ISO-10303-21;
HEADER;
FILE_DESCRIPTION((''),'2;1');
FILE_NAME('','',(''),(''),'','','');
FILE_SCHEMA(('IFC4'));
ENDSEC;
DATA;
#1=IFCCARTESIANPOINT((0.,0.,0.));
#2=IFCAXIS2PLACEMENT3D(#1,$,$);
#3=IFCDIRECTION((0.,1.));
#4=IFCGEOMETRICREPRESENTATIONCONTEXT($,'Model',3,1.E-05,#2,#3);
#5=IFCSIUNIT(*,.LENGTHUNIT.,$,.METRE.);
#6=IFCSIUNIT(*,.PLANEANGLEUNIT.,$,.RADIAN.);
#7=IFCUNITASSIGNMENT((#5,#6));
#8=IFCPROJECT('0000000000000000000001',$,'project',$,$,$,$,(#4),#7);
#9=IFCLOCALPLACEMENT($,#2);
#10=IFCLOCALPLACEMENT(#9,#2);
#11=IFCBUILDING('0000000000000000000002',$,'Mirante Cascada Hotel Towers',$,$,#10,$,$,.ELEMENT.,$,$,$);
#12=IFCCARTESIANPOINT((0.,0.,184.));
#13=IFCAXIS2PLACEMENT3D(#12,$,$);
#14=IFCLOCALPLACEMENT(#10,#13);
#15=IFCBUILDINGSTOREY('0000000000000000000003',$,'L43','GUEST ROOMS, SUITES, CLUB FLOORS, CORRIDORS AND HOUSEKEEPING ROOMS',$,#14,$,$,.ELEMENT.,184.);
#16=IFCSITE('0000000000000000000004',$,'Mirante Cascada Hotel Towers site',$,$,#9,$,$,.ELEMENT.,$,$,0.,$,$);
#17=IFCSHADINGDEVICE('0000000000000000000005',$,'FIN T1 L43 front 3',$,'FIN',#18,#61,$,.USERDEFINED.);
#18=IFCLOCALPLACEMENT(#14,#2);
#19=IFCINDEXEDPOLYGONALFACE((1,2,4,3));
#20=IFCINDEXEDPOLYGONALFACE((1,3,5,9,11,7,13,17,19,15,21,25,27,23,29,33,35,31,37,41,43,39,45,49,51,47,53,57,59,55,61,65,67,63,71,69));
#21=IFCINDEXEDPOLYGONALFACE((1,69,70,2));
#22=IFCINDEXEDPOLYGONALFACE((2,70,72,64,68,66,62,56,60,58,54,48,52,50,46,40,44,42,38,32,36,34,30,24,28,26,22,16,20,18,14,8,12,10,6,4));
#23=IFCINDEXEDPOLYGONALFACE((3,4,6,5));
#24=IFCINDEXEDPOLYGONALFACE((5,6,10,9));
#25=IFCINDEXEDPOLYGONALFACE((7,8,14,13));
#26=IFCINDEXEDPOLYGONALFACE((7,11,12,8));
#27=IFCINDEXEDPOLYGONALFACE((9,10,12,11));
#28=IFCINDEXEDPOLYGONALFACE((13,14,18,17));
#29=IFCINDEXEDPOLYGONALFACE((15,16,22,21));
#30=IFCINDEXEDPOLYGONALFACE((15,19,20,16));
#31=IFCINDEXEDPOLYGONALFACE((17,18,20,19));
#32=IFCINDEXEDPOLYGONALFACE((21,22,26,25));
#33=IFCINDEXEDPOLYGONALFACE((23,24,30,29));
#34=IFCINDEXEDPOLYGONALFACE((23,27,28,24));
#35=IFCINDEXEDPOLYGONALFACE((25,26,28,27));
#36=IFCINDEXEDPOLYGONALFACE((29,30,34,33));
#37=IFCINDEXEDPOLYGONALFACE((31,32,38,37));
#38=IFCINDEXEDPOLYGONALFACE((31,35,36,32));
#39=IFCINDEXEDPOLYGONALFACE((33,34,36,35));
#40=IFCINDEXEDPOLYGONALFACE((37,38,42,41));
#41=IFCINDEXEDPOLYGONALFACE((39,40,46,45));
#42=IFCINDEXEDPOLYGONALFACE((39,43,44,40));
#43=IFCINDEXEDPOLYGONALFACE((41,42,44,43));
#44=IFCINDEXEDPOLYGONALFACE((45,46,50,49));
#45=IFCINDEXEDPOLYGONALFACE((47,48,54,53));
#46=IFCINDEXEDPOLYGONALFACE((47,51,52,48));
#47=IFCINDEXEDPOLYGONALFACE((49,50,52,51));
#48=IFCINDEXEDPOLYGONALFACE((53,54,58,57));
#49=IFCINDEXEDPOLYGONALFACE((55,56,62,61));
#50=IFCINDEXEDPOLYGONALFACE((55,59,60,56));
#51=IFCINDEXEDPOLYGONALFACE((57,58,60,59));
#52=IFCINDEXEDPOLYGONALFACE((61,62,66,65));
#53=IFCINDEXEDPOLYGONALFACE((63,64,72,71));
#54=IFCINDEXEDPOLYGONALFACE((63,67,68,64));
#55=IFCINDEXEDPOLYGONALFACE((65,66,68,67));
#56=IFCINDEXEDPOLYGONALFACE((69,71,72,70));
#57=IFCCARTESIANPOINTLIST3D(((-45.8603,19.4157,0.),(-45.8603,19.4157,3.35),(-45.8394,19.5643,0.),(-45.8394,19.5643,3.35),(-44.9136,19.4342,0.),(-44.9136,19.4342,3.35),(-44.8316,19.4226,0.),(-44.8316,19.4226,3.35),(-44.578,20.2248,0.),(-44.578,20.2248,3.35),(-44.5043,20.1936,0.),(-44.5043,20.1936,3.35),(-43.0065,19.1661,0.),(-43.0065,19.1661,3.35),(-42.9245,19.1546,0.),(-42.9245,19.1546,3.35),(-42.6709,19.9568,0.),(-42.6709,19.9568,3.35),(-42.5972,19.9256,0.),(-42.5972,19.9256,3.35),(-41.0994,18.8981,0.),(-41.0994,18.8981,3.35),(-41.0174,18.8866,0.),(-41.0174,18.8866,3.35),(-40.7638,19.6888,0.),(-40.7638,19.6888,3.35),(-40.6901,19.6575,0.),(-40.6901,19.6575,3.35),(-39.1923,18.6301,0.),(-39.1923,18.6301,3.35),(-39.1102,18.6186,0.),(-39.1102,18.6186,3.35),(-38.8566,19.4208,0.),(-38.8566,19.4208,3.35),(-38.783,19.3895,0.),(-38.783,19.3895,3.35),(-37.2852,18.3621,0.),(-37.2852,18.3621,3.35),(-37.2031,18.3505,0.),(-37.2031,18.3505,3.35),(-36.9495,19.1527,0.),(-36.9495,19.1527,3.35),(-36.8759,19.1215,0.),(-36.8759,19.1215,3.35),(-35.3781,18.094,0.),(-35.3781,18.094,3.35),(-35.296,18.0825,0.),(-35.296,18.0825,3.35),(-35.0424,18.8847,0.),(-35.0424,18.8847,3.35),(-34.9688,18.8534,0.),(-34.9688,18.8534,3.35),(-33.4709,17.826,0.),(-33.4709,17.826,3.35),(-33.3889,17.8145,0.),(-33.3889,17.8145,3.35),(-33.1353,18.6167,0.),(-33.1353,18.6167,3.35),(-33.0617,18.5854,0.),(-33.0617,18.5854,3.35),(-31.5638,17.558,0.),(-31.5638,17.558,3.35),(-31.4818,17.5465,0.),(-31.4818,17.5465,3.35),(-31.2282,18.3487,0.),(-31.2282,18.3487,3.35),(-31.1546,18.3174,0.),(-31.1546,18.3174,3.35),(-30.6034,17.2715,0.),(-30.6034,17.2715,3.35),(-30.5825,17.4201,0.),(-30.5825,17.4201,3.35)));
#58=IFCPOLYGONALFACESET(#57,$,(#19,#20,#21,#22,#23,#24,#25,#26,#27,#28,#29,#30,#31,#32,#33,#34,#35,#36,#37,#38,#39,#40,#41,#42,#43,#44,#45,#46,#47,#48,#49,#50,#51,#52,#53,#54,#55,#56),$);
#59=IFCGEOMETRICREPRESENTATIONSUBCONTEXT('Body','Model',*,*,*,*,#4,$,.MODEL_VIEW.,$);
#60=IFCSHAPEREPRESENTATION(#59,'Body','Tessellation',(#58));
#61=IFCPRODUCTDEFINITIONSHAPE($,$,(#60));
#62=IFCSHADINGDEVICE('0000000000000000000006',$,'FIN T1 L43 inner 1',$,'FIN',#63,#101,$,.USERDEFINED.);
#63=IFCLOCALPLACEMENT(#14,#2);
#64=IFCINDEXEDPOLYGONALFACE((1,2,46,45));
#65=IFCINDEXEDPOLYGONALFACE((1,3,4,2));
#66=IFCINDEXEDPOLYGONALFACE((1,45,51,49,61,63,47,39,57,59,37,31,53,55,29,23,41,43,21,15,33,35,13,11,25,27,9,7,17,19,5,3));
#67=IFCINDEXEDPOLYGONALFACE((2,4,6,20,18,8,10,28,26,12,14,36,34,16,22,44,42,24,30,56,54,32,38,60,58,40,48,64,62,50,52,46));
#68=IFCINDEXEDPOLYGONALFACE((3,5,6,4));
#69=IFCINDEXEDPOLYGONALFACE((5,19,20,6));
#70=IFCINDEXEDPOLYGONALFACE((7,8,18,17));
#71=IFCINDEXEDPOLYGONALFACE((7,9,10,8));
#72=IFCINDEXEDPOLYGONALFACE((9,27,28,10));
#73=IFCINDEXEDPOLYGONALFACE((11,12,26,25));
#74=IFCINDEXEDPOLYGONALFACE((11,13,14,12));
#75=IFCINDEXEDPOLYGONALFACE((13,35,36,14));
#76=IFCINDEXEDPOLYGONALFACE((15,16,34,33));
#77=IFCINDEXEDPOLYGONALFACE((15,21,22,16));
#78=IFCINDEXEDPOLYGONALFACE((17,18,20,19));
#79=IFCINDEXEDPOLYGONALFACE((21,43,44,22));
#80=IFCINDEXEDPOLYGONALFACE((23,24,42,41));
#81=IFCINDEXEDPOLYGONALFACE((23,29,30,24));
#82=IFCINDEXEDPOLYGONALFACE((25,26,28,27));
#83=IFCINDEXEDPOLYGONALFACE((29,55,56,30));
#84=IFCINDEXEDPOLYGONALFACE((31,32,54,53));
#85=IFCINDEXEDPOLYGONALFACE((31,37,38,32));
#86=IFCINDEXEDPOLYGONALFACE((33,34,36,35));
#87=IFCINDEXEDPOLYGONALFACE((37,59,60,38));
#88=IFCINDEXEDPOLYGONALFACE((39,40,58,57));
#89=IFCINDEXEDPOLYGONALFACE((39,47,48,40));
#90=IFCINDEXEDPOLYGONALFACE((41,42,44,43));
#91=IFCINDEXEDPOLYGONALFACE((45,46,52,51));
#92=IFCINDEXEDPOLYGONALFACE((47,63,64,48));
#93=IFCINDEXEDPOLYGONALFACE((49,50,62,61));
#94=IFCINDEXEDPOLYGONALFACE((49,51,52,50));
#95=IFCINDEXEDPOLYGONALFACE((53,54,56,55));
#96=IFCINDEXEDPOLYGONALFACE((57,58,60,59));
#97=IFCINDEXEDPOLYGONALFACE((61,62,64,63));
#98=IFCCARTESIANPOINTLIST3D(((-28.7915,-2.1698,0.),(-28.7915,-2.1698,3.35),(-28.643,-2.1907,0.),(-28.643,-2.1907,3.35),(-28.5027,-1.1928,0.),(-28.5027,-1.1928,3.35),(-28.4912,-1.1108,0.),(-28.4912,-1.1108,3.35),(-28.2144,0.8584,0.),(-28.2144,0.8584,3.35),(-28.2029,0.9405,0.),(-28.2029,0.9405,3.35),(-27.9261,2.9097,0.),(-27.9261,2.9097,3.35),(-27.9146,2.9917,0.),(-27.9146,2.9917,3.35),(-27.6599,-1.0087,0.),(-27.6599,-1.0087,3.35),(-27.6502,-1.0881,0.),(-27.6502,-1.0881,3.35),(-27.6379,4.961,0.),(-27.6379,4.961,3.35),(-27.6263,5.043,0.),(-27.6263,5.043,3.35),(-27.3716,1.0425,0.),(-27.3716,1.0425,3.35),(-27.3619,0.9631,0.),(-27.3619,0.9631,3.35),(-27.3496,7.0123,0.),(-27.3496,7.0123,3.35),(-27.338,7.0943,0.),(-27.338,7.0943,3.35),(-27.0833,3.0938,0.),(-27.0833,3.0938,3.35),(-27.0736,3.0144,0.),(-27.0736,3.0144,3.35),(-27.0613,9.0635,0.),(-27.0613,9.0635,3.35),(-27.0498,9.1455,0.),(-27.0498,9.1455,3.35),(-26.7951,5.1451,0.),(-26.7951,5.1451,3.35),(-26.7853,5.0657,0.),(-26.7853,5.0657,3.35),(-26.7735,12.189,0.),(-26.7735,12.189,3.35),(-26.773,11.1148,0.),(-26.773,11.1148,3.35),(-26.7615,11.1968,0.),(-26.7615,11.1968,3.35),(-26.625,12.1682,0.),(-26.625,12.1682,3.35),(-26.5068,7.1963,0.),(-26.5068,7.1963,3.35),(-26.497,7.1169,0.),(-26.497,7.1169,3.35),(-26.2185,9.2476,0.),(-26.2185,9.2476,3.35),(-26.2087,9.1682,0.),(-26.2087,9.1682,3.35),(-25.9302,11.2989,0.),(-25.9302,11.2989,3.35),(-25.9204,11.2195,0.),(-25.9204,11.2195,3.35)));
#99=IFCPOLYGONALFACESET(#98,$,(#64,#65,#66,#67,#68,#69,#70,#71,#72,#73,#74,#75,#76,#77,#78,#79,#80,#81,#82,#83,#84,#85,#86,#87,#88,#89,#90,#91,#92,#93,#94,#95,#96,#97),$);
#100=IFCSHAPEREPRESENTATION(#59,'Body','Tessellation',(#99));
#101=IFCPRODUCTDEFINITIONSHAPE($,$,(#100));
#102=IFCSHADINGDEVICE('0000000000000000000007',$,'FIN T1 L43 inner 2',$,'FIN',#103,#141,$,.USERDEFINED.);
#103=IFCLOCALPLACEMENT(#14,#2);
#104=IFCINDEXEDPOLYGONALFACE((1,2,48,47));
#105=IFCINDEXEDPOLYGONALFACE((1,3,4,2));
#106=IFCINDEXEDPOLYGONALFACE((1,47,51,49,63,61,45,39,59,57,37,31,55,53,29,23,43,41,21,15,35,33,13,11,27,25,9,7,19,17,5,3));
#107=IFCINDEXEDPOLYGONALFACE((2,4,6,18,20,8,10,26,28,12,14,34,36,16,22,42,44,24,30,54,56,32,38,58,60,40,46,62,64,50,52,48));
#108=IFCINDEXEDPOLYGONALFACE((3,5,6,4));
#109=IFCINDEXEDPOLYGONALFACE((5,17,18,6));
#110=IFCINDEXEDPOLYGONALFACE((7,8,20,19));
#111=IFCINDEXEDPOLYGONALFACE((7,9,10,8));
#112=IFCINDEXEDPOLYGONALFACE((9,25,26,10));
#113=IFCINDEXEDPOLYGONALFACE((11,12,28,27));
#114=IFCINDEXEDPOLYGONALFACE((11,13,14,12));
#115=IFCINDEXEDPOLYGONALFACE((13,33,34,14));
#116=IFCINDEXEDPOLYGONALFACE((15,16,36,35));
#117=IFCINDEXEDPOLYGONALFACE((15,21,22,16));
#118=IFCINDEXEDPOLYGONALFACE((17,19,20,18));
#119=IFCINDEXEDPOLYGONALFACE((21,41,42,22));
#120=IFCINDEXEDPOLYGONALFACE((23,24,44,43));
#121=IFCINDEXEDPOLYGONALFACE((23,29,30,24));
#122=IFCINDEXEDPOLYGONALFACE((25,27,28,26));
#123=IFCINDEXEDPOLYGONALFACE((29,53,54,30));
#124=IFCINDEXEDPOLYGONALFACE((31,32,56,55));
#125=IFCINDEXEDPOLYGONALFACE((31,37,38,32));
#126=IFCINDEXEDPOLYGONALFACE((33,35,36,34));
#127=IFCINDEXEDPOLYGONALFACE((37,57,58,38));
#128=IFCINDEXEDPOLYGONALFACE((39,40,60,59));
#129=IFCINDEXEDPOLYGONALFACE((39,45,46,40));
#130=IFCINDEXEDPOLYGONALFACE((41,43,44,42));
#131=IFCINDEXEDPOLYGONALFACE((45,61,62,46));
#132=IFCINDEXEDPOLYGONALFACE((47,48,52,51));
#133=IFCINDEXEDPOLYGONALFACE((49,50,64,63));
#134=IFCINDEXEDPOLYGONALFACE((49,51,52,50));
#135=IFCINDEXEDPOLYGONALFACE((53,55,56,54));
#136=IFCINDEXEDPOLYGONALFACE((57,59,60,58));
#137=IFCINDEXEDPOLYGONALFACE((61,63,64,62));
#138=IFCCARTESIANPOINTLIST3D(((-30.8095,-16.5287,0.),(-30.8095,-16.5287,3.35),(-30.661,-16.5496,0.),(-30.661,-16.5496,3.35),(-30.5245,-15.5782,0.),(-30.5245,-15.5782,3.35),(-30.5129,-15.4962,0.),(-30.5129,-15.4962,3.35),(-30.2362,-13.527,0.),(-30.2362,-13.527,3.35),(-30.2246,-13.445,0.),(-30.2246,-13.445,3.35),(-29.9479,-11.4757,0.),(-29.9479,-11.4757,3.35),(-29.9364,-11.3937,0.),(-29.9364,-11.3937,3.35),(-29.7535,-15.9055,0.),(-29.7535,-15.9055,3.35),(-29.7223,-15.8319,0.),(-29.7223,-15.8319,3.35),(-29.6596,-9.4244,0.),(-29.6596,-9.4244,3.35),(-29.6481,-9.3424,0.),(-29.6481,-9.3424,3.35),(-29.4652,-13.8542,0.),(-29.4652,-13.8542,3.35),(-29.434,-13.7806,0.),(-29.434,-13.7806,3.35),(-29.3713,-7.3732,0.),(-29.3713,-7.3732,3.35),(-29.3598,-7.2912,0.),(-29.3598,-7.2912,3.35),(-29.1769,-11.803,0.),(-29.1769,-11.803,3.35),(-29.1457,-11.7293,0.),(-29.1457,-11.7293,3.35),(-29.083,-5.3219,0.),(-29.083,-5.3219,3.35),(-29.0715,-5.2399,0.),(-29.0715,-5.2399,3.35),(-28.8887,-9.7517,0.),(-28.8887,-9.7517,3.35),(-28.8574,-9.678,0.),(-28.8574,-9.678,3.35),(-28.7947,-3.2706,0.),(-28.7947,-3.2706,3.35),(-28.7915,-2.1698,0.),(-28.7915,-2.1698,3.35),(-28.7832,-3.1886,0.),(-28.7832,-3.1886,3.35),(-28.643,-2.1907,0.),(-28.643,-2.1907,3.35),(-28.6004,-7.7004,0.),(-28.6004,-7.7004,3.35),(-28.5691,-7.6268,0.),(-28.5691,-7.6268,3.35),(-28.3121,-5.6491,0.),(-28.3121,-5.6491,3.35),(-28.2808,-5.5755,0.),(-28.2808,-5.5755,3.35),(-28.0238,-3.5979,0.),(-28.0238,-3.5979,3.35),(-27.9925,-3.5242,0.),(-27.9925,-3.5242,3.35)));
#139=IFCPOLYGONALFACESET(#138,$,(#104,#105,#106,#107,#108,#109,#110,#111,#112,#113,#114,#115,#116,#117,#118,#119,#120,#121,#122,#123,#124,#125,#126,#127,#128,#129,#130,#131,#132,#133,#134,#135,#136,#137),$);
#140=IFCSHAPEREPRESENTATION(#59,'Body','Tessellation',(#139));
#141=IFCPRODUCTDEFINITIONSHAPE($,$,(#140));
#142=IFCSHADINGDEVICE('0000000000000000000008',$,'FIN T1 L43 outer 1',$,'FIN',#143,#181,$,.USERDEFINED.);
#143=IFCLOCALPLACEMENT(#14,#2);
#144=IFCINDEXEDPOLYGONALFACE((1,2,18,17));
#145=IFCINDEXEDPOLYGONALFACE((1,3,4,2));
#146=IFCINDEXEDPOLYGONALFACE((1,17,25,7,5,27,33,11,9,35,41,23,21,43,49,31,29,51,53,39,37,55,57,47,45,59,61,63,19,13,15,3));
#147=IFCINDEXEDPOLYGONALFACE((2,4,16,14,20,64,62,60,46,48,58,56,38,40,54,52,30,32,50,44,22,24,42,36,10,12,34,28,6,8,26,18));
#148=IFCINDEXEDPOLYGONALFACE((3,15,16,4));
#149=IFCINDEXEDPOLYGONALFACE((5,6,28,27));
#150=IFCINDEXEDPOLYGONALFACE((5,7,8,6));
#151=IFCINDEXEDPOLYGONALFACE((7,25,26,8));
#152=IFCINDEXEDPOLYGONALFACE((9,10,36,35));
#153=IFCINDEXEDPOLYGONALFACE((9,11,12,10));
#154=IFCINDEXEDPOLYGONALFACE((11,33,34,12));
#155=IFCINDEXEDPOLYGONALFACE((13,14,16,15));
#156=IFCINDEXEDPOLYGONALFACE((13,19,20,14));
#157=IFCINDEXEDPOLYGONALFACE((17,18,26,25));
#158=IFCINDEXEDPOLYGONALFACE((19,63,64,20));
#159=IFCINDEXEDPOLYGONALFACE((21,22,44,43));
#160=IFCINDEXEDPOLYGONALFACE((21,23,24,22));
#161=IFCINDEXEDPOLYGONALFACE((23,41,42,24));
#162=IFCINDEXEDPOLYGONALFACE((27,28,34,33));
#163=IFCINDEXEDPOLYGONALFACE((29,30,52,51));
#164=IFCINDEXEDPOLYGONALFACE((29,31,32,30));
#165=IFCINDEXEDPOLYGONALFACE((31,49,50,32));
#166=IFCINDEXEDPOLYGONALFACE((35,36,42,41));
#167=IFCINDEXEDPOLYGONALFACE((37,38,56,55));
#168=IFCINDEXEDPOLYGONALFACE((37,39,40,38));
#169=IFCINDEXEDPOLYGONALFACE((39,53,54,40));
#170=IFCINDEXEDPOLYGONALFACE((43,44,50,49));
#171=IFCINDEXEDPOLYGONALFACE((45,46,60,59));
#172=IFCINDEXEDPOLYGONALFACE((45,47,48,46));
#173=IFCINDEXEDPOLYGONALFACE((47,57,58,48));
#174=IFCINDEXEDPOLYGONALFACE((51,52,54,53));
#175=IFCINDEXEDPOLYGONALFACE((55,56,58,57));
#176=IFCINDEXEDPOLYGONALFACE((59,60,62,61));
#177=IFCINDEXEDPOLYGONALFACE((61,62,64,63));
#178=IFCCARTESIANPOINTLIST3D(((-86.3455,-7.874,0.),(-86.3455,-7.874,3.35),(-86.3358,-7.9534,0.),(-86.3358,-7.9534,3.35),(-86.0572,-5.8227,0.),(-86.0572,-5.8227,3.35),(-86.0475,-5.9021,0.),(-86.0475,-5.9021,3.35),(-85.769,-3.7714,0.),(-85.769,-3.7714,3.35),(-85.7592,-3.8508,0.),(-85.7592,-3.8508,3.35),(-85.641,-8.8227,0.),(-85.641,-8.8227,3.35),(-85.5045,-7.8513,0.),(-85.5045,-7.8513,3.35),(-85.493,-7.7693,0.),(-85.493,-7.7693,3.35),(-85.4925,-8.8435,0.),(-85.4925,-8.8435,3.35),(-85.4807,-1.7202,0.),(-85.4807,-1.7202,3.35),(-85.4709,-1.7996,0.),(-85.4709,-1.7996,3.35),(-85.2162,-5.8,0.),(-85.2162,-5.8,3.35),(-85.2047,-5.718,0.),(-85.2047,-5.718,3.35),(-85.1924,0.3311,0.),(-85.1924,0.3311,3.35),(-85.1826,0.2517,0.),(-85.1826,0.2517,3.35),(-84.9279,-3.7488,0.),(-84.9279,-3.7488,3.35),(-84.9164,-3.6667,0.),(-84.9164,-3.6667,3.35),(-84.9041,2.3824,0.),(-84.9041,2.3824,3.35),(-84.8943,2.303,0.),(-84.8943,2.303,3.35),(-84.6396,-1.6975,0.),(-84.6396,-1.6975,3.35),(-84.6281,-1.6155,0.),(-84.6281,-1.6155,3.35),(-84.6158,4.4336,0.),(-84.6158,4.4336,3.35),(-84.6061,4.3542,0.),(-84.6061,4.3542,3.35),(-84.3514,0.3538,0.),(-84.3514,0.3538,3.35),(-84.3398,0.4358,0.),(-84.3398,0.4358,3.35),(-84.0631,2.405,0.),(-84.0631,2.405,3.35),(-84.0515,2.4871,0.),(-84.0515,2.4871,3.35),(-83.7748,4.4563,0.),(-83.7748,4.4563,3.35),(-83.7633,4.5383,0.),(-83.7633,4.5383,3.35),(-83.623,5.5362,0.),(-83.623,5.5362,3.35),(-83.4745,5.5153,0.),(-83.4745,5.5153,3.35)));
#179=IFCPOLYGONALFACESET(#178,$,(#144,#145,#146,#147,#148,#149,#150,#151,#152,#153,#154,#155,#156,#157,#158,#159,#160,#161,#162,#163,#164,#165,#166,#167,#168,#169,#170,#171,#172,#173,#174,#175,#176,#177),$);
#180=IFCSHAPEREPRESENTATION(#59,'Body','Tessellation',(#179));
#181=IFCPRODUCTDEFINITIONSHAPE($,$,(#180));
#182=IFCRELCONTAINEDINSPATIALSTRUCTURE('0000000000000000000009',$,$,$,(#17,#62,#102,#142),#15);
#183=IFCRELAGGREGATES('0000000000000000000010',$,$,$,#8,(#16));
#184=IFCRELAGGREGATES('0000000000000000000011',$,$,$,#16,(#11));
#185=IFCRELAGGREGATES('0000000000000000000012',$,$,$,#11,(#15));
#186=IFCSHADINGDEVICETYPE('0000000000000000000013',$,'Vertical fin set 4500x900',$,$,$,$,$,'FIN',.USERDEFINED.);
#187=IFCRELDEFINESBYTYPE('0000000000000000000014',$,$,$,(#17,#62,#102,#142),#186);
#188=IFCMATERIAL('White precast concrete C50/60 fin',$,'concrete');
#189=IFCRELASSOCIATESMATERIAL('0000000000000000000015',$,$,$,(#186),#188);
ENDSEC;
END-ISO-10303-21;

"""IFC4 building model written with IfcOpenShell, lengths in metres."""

from ifc_helpers import new_model, si_unit, direction, frame, origin, place, context, subcontext, project, spatial, polyline, outline, extrude, material, type_object, element, save


model = new_model("IFC4")

# Units and contexts
model_context = context("Model", 3, precision=1e-05, world=origin(), true_north=direction((0.0, 1.0)))
body_context = subcontext(model_context, "Body", "Model", "MODEL_VIEW")
ifc_project = project(units=[si_unit("LENGTHUNIT", "METRE"), si_unit("PLANEANGLEUNIT", "RADIAN")], contexts=[model_context])

# Site, building, storey
site_placement = place(None, origin())
site = spatial("IfcSite", under=ifc_project, at=site_placement, Name="Mirante Cascada Hotel Towers site", CompositionType="ELEMENT", RefElevation=0.0)
building_placement = place(site_placement, origin())
building = spatial("IfcBuilding", under=site, at=building_placement, Name="Mirante Cascada Hotel Towers", CompositionType="ELEMENT")
storey_placement = place(building_placement, frame((0.0, 0.0, 184.0)))
storey = spatial("IfcBuildingStorey", under=building, at=storey_placement, Name="L43", Description="GUEST ROOMS, SUITES, CLUB FLOORS, CORRIDORS AND HOUSEKEEPING ROOMS", CompositionType="ELEMENT", Elevation=184.0)

# Shading devices
ifc_material_1 = material(Name="White precast concrete C50/60 fin", Category="concrete")
shading_device_type = type_object("IfcShadingDeviceType", Name="Vertical fin set 4500x900", ElementType="FIN", PredefinedType="USERDEFINED", material=ifc_material_1)
shading_device_1_placement = place(storey_placement, origin())
element("IfcShadingDevice", 1, at=shading_device_1_placement, inside=storey, type_object=shading_device_type, Name="FIN T1 L43 front 3", ObjectType="FIN", PredefinedType="USERDEFINED", context=body_context, shape_type="SweptSolid", body=[
    extrude(outline(polyline([(-31.4818, 17.5465), (-30.5825, 17.4201), (-30.6034, 17.2715), (-45.8603, 19.4157), (-45.8394, 19.5643), (-44.9136, 19.4342), (-44.578, 20.2248), (-44.5043, 20.1936), (-44.8316, 19.4226), (-43.0065, 19.1661), (-42.6709, 19.9568), (-42.5972, 19.9256), (-42.9245, 19.1546), (-41.0994, 18.8981), (-40.7638, 19.6888), (-40.6901, 19.6575), (-41.0174, 18.8866), (-39.1923, 18.6301), (-38.8566, 19.4208), (-38.783, 19.3895), (-39.1102, 18.6186), (-37.2852, 18.3621), (-36.9495, 19.1527), (-36.8759, 19.1215), (-37.2031, 18.3505), (-35.3781, 18.094), (-35.0424, 18.8847), (-34.9688, 18.8534), (-35.296, 18.0825), (-33.4709, 17.826), (-33.1353, 18.6167), (-33.0617, 18.5854), (-33.3889, 17.8145), (-31.5638, 17.558), (-31.2282, 18.3487), (-31.1546, 18.3174), (-31.4818, 17.5465)])), origin(), (0.0, 0.0, 1.0), 3.35),
])
shading_device_2_placement = place(storey_placement, origin())
element("IfcShadingDevice", 2, at=shading_device_2_placement, inside=storey, type_object=shading_device_type, Name="FIN T1 L43 inner 1", ObjectType="FIN", PredefinedType="USERDEFINED", context=body_context, shape_type="SweptSolid", body=[
    extrude(outline(polyline([(-28.5027, -1.1928), (-28.643, -2.1907), (-28.7915, -2.1698), (-26.7735, 12.189), (-26.625, 12.1682), (-26.7615, 11.1968), (-25.9302, 11.2989), (-25.9204, 11.2195), (-26.773, 11.1148), (-27.0498, 9.1455), (-26.2185, 9.2476), (-26.2087, 9.1682), (-27.0613, 9.0635), (-27.338, 7.0943), (-26.5068, 7.1963), (-26.497, 7.1169), (-27.3496, 7.0123), (-27.6263, 5.043), (-26.7951, 5.1451), (-26.7853, 5.0657), (-27.6379, 4.961), (-27.9146, 2.9917), (-27.0833, 3.0938), (-27.0736, 3.0144), (-27.9261, 2.9097), (-28.2029, 0.9405), (-27.3716, 1.0425), (-27.3619, 0.9631), (-28.2144, 0.8584), (-28.4912, -1.1108), (-27.6599, -1.0087), (-27.6502, -1.0881), (-28.5027, -1.1928)])), origin(), (0.0, 0.0, 1.0), 3.35),
])
shading_device_3_placement = place(storey_placement, origin())
element("IfcShadingDevice", 3, at=shading_device_3_placement, inside=storey, type_object=shading_device_type, Name="FIN T1 L43 inner 2", ObjectType="FIN", PredefinedType="USERDEFINED", context=body_context, shape_type="SweptSolid", body=[
    extrude(outline(polyline([(-30.5245, -15.5782), (-30.661, -16.5496), (-30.8095, -16.5287), (-28.7915, -2.1698), (-28.643, -2.1907), (-28.7832, -3.1886), (-27.9925, -3.5242), (-28.0238, -3.5979), (-28.7947, -3.2706), (-29.0715, -5.2399), (-28.2808, -5.5755), (-28.3121, -5.6491), (-29.083, -5.3219), (-29.3598, -7.2912), (-28.5691, -7.6268), (-28.6004, -7.7004), (-29.3713, -7.3732), (-29.6481, -9.3424), (-28.8574, -9.678), (-28.8887, -9.7517), (-29.6596, -9.4244), (-29.9364, -11.3937), (-29.1457, -11.7293), (-29.1769, -11.803), (-29.9479, -11.4757), (-30.2246, -13.445), (-29.434, -13.7806), (-29.4652, -13.8542), (-30.2362, -13.527), (-30.5129, -15.4962), (-29.7223, -15.8319), (-29.7535, -15.9055), (-30.5245, -15.5782)])), origin(), (0.0, 0.0, 1.0), 3.35),
])
shading_device_4_placement = place(storey_placement, origin())
element("IfcShadingDevice", 4, at=shading_device_4_placement, inside=storey, type_object=shading_device_type, Name="FIN T1 L43 outer 1", ObjectType="FIN", PredefinedType="USERDEFINED", context=body_context, shape_type="SweptSolid", body=[
    extrude(outline(polyline([(-85.493, -7.7693), (-85.2162, -5.8), (-86.0475, -5.9021), (-86.0572, -5.8227), (-85.2047, -5.718), (-84.9279, -3.7488), (-85.7592, -3.8508), (-85.769, -3.7714), (-84.9164, -3.6667), (-84.6396, -1.6975), (-85.4709, -1.7996), (-85.4807, -1.7202), (-84.6281, -1.6155), (-84.3514, 0.3538), (-85.1826, 0.2517), (-85.1924, 0.3311), (-84.3398, 0.4358), (-84.0631, 2.405), (-84.8943, 2.303), (-84.9041, 2.3824), (-84.0515, 2.4871), (-83.7748, 4.4563), (-84.6061, 4.3542), (-84.6158, 4.4336), (-83.7633, 4.5383), (-83.623, 5.5362), (-83.4745, 5.5153), (-85.4925, -8.8435), (-85.641, -8.8227), (-85.5045, -7.8513), (-86.3358, -7.9534), (-86.3455, -7.874), (-85.493, -7.7693)])), origin(), (0.0, 0.0, 1.0), 3.35),
])

save(model, "model.ifc")
